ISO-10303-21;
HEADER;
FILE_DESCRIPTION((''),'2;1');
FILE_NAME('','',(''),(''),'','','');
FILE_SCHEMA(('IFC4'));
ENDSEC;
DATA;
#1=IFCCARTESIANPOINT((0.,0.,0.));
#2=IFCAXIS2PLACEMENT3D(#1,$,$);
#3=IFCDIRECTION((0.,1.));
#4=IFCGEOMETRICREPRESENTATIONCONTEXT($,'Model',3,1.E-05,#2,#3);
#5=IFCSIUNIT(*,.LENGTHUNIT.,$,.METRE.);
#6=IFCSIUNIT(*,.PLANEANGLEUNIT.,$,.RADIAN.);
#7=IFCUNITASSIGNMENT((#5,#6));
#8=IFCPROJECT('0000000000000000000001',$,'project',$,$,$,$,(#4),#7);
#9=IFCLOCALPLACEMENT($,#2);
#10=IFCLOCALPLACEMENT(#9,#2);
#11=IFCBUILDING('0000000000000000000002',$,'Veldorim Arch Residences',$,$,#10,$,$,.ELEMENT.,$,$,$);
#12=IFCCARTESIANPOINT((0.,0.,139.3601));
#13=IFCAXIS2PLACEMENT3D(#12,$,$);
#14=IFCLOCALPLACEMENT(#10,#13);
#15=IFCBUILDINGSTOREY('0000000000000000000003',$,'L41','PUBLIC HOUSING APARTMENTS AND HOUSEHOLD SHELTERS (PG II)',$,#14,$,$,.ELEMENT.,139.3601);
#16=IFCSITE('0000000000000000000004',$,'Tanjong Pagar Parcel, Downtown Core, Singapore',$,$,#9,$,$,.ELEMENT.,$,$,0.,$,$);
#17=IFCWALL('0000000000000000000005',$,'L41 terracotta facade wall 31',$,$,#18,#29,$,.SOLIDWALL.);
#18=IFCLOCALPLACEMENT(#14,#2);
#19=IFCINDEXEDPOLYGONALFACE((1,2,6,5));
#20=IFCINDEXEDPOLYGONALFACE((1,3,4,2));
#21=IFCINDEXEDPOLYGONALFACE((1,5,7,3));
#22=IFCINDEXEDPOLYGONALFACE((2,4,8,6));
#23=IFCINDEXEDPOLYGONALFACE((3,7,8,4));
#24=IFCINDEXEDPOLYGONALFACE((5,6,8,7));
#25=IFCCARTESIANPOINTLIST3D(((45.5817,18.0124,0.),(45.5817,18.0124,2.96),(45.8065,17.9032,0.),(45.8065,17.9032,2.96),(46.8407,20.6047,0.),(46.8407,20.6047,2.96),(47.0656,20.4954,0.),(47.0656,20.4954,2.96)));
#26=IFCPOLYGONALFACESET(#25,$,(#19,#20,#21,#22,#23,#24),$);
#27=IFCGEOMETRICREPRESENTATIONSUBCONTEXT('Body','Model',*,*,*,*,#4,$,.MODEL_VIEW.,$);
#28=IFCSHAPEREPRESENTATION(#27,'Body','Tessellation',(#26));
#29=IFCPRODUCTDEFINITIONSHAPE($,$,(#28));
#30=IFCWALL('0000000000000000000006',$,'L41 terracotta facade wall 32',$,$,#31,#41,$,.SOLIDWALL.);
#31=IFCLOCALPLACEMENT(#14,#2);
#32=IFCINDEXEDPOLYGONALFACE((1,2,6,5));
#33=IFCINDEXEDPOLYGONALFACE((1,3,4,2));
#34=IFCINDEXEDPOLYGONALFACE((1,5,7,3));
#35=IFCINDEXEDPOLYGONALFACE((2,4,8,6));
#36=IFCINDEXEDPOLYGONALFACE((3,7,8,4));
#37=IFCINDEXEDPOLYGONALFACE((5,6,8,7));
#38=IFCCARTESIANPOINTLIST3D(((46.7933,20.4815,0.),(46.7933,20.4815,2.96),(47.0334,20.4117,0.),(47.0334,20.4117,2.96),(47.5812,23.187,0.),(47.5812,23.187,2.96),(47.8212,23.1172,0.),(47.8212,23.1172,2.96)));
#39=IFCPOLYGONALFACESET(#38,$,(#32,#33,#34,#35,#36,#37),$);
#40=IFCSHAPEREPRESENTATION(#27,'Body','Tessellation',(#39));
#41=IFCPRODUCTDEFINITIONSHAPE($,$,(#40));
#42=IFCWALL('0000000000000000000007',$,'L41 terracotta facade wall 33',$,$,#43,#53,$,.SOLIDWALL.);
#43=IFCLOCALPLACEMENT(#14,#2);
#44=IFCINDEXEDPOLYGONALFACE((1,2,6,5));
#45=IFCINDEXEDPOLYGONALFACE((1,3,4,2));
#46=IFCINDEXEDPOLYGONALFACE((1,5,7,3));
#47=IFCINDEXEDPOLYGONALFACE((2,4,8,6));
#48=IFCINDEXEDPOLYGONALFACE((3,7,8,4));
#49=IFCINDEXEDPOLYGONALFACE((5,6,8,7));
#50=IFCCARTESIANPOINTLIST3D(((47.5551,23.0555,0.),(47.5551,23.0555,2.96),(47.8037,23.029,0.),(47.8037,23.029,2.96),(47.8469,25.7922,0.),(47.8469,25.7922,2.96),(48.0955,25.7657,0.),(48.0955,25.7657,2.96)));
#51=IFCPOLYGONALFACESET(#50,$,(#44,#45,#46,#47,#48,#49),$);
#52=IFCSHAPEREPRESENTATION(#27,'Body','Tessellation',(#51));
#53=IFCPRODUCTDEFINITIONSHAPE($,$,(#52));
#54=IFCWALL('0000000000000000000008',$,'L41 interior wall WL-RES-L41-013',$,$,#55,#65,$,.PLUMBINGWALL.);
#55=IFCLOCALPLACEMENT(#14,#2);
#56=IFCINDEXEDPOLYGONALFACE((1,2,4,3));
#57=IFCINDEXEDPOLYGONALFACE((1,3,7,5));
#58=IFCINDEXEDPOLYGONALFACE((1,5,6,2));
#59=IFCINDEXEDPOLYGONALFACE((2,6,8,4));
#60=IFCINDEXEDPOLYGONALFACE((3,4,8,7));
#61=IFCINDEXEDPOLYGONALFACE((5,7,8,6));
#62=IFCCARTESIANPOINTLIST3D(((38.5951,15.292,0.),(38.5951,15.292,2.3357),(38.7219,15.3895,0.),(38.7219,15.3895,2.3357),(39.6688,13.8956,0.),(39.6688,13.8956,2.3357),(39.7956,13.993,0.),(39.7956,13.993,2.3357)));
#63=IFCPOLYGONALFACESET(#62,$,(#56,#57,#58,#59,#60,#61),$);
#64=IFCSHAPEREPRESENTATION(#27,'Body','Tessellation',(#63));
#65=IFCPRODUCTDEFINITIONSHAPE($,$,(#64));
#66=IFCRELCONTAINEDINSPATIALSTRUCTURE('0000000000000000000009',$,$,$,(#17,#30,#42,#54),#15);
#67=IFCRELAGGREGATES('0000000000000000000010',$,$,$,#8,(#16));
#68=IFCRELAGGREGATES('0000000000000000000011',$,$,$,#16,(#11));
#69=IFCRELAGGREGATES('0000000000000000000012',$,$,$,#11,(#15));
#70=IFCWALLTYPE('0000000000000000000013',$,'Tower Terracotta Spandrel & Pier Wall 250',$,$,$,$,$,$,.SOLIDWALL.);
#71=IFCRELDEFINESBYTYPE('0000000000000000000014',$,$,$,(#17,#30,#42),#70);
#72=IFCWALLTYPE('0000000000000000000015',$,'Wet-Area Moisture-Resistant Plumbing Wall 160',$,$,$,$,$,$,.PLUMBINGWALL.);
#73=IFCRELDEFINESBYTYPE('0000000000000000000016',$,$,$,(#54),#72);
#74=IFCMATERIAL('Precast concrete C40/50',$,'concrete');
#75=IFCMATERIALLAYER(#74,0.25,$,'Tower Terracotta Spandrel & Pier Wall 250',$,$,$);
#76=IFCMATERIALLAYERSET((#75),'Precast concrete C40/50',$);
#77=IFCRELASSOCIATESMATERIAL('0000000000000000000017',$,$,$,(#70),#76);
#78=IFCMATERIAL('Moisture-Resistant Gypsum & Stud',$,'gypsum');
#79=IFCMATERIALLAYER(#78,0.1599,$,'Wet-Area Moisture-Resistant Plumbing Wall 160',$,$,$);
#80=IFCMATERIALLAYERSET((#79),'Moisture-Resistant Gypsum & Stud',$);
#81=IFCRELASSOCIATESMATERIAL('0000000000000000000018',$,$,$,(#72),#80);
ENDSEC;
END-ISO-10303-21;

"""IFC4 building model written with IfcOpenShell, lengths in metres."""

from ifc_helpers import new_model, si_unit, direction, frame, frame_2d, origin, place, context, subcontext, project, spatial, rectangle, extrude, material, layer, layer_set, type_object, element, save


model = new_model("IFC4")

# Units and contexts
model_context = context("Model", 3, precision=1e-05, world=origin(), true_north=direction((0.0, 1.0)))
body_context = subcontext(model_context, "Body", "Model", "MODEL_VIEW")
ifc_project = project(units=[si_unit("LENGTHUNIT", "METRE"), si_unit("PLANEANGLEUNIT", "RADIAN")], contexts=[model_context])

# Site, building, storey
site_placement = place(None, origin())
site = spatial("IfcSite", under=ifc_project, at=site_placement, Name="Tanjong Pagar Parcel, Downtown Core, Singapore", CompositionType="ELEMENT", RefElevation=0.0)
building_placement = place(site_placement, origin())
building = spatial("IfcBuilding", under=site, at=building_placement, Name="Veldorim Arch Residences", CompositionType="ELEMENT")
storey_placement = place(building_placement, frame((0.0, 0.0, 139.3601)))
storey = spatial("IfcBuildingStorey", under=building, at=storey_placement, Name="L41", Description="PUBLIC HOUSING APARTMENTS AND HOUSEHOLD SHELTERS (PG II)", CompositionType="ELEMENT", Elevation=139.3601)

# Shared definitions
ifc_material_1 = material(Name="Precast concrete C40/50", Category="concrete")
ifc_layer_1 = layer(ifc_material_1, 0.25, Name="Tower Terracotta Spandrel & Pier Wall 250")
ifc_layer_set_1 = layer_set([ifc_layer_1], Name="Precast concrete C40/50")
wall_type_1 = type_object("IfcWallType", Name="Tower Terracotta Spandrel & Pier Wall 250", PredefinedType="SOLIDWALL", material=ifc_layer_set_1)

# Walls
wall_1_placement = place(storey_placement, frame((46.9531, 20.55, 0.0), z_axis=(0.0, 0.0, 1.0), x_axis=(-0.436882, -0.899519, 0.0)))
element("IfcWall", 1, at=wall_1_placement, inside=storey, type_object=wall_type_1, Name="L41 terracotta facade wall 31", PredefinedType="SOLIDWALL", context=body_context, shape_type="SweptSolid", body=[
    extrude(rectangle(XDim=2.8818, YDim=0.25, at=frame_2d((1.4409, 0.0))), origin(), (0.0, 0.0, 1.0), 2.96),
])
wall_2_placement = place(storey_placement, frame((47.7012, 23.1521, 0.0), z_axis=(0.0, 0.0, 1.0), x_axis=(-0.279581, -0.960122, 0.0)))
element("IfcWall", 2, at=wall_2_placement, inside=storey, type_object=wall_type_1, Name="L41 terracotta facade wall 32", PredefinedType="SOLIDWALL", context=body_context, shape_type="SweptSolid", body=[
    extrude(rectangle(XDim=2.8179, YDim=0.25, at=frame_2d((1.4089, 0.0))), origin(), (0.0, 0.0, 1.0), 2.96),
])
wall_3_placement = place(storey_placement, frame((47.9712, 25.7788, 0.0), z_axis=(0.0, 0.0, 1.0), x_axis=(-0.10601, -0.994365, 0.0)))
element("IfcWall", 3, at=wall_3_placement, inside=storey, type_object=wall_type_1, Name="L41 terracotta facade wall 33", PredefinedType="SOLIDWALL", context=body_context, shape_type="SweptSolid", body=[
    extrude(rectangle(XDim=2.7522, YDim=0.25, at=frame_2d((1.376, 0.0))), origin(), (0.0, 0.0, 1.0), 2.96),
])
ifc_material_2 = material(Name="Moisture-Resistant Gypsum & Stud", Category="gypsum")
ifc_layer_2 = layer(ifc_material_2, 0.1599, Name="Wet-Area Moisture-Resistant Plumbing Wall 160")
ifc_layer_set_2 = layer_set([ifc_layer_2], Name="Moisture-Resistant Gypsum & Stud")
wall_type_2 = type_object("IfcWallType", Name="Wet-Area Moisture-Resistant Plumbing Wall 160", PredefinedType="PLUMBINGWALL", material=ifc_layer_set_2)
wall_4_placement = place(storey_placement, frame((38.6584, 15.3408, 0.0), z_axis=(0.0, 0.0, 1.0), x_axis=(0.609537, -0.792758, 0.0)))
element("IfcWall", 4, at=wall_4_placement, inside=storey, type_object=wall_type_2, Name="L41 interior wall WL-RES-L41-013", PredefinedType="PLUMBINGWALL", context=body_context, shape_type="SweptSolid", body=[
    extrude(rectangle(XDim=1.7615, YDim=0.1599, at=frame_2d((0.8809, 0.0))), origin(), (0.0, 0.0, 1.0), 2.3357),
])

save(model, "model.ifc")
